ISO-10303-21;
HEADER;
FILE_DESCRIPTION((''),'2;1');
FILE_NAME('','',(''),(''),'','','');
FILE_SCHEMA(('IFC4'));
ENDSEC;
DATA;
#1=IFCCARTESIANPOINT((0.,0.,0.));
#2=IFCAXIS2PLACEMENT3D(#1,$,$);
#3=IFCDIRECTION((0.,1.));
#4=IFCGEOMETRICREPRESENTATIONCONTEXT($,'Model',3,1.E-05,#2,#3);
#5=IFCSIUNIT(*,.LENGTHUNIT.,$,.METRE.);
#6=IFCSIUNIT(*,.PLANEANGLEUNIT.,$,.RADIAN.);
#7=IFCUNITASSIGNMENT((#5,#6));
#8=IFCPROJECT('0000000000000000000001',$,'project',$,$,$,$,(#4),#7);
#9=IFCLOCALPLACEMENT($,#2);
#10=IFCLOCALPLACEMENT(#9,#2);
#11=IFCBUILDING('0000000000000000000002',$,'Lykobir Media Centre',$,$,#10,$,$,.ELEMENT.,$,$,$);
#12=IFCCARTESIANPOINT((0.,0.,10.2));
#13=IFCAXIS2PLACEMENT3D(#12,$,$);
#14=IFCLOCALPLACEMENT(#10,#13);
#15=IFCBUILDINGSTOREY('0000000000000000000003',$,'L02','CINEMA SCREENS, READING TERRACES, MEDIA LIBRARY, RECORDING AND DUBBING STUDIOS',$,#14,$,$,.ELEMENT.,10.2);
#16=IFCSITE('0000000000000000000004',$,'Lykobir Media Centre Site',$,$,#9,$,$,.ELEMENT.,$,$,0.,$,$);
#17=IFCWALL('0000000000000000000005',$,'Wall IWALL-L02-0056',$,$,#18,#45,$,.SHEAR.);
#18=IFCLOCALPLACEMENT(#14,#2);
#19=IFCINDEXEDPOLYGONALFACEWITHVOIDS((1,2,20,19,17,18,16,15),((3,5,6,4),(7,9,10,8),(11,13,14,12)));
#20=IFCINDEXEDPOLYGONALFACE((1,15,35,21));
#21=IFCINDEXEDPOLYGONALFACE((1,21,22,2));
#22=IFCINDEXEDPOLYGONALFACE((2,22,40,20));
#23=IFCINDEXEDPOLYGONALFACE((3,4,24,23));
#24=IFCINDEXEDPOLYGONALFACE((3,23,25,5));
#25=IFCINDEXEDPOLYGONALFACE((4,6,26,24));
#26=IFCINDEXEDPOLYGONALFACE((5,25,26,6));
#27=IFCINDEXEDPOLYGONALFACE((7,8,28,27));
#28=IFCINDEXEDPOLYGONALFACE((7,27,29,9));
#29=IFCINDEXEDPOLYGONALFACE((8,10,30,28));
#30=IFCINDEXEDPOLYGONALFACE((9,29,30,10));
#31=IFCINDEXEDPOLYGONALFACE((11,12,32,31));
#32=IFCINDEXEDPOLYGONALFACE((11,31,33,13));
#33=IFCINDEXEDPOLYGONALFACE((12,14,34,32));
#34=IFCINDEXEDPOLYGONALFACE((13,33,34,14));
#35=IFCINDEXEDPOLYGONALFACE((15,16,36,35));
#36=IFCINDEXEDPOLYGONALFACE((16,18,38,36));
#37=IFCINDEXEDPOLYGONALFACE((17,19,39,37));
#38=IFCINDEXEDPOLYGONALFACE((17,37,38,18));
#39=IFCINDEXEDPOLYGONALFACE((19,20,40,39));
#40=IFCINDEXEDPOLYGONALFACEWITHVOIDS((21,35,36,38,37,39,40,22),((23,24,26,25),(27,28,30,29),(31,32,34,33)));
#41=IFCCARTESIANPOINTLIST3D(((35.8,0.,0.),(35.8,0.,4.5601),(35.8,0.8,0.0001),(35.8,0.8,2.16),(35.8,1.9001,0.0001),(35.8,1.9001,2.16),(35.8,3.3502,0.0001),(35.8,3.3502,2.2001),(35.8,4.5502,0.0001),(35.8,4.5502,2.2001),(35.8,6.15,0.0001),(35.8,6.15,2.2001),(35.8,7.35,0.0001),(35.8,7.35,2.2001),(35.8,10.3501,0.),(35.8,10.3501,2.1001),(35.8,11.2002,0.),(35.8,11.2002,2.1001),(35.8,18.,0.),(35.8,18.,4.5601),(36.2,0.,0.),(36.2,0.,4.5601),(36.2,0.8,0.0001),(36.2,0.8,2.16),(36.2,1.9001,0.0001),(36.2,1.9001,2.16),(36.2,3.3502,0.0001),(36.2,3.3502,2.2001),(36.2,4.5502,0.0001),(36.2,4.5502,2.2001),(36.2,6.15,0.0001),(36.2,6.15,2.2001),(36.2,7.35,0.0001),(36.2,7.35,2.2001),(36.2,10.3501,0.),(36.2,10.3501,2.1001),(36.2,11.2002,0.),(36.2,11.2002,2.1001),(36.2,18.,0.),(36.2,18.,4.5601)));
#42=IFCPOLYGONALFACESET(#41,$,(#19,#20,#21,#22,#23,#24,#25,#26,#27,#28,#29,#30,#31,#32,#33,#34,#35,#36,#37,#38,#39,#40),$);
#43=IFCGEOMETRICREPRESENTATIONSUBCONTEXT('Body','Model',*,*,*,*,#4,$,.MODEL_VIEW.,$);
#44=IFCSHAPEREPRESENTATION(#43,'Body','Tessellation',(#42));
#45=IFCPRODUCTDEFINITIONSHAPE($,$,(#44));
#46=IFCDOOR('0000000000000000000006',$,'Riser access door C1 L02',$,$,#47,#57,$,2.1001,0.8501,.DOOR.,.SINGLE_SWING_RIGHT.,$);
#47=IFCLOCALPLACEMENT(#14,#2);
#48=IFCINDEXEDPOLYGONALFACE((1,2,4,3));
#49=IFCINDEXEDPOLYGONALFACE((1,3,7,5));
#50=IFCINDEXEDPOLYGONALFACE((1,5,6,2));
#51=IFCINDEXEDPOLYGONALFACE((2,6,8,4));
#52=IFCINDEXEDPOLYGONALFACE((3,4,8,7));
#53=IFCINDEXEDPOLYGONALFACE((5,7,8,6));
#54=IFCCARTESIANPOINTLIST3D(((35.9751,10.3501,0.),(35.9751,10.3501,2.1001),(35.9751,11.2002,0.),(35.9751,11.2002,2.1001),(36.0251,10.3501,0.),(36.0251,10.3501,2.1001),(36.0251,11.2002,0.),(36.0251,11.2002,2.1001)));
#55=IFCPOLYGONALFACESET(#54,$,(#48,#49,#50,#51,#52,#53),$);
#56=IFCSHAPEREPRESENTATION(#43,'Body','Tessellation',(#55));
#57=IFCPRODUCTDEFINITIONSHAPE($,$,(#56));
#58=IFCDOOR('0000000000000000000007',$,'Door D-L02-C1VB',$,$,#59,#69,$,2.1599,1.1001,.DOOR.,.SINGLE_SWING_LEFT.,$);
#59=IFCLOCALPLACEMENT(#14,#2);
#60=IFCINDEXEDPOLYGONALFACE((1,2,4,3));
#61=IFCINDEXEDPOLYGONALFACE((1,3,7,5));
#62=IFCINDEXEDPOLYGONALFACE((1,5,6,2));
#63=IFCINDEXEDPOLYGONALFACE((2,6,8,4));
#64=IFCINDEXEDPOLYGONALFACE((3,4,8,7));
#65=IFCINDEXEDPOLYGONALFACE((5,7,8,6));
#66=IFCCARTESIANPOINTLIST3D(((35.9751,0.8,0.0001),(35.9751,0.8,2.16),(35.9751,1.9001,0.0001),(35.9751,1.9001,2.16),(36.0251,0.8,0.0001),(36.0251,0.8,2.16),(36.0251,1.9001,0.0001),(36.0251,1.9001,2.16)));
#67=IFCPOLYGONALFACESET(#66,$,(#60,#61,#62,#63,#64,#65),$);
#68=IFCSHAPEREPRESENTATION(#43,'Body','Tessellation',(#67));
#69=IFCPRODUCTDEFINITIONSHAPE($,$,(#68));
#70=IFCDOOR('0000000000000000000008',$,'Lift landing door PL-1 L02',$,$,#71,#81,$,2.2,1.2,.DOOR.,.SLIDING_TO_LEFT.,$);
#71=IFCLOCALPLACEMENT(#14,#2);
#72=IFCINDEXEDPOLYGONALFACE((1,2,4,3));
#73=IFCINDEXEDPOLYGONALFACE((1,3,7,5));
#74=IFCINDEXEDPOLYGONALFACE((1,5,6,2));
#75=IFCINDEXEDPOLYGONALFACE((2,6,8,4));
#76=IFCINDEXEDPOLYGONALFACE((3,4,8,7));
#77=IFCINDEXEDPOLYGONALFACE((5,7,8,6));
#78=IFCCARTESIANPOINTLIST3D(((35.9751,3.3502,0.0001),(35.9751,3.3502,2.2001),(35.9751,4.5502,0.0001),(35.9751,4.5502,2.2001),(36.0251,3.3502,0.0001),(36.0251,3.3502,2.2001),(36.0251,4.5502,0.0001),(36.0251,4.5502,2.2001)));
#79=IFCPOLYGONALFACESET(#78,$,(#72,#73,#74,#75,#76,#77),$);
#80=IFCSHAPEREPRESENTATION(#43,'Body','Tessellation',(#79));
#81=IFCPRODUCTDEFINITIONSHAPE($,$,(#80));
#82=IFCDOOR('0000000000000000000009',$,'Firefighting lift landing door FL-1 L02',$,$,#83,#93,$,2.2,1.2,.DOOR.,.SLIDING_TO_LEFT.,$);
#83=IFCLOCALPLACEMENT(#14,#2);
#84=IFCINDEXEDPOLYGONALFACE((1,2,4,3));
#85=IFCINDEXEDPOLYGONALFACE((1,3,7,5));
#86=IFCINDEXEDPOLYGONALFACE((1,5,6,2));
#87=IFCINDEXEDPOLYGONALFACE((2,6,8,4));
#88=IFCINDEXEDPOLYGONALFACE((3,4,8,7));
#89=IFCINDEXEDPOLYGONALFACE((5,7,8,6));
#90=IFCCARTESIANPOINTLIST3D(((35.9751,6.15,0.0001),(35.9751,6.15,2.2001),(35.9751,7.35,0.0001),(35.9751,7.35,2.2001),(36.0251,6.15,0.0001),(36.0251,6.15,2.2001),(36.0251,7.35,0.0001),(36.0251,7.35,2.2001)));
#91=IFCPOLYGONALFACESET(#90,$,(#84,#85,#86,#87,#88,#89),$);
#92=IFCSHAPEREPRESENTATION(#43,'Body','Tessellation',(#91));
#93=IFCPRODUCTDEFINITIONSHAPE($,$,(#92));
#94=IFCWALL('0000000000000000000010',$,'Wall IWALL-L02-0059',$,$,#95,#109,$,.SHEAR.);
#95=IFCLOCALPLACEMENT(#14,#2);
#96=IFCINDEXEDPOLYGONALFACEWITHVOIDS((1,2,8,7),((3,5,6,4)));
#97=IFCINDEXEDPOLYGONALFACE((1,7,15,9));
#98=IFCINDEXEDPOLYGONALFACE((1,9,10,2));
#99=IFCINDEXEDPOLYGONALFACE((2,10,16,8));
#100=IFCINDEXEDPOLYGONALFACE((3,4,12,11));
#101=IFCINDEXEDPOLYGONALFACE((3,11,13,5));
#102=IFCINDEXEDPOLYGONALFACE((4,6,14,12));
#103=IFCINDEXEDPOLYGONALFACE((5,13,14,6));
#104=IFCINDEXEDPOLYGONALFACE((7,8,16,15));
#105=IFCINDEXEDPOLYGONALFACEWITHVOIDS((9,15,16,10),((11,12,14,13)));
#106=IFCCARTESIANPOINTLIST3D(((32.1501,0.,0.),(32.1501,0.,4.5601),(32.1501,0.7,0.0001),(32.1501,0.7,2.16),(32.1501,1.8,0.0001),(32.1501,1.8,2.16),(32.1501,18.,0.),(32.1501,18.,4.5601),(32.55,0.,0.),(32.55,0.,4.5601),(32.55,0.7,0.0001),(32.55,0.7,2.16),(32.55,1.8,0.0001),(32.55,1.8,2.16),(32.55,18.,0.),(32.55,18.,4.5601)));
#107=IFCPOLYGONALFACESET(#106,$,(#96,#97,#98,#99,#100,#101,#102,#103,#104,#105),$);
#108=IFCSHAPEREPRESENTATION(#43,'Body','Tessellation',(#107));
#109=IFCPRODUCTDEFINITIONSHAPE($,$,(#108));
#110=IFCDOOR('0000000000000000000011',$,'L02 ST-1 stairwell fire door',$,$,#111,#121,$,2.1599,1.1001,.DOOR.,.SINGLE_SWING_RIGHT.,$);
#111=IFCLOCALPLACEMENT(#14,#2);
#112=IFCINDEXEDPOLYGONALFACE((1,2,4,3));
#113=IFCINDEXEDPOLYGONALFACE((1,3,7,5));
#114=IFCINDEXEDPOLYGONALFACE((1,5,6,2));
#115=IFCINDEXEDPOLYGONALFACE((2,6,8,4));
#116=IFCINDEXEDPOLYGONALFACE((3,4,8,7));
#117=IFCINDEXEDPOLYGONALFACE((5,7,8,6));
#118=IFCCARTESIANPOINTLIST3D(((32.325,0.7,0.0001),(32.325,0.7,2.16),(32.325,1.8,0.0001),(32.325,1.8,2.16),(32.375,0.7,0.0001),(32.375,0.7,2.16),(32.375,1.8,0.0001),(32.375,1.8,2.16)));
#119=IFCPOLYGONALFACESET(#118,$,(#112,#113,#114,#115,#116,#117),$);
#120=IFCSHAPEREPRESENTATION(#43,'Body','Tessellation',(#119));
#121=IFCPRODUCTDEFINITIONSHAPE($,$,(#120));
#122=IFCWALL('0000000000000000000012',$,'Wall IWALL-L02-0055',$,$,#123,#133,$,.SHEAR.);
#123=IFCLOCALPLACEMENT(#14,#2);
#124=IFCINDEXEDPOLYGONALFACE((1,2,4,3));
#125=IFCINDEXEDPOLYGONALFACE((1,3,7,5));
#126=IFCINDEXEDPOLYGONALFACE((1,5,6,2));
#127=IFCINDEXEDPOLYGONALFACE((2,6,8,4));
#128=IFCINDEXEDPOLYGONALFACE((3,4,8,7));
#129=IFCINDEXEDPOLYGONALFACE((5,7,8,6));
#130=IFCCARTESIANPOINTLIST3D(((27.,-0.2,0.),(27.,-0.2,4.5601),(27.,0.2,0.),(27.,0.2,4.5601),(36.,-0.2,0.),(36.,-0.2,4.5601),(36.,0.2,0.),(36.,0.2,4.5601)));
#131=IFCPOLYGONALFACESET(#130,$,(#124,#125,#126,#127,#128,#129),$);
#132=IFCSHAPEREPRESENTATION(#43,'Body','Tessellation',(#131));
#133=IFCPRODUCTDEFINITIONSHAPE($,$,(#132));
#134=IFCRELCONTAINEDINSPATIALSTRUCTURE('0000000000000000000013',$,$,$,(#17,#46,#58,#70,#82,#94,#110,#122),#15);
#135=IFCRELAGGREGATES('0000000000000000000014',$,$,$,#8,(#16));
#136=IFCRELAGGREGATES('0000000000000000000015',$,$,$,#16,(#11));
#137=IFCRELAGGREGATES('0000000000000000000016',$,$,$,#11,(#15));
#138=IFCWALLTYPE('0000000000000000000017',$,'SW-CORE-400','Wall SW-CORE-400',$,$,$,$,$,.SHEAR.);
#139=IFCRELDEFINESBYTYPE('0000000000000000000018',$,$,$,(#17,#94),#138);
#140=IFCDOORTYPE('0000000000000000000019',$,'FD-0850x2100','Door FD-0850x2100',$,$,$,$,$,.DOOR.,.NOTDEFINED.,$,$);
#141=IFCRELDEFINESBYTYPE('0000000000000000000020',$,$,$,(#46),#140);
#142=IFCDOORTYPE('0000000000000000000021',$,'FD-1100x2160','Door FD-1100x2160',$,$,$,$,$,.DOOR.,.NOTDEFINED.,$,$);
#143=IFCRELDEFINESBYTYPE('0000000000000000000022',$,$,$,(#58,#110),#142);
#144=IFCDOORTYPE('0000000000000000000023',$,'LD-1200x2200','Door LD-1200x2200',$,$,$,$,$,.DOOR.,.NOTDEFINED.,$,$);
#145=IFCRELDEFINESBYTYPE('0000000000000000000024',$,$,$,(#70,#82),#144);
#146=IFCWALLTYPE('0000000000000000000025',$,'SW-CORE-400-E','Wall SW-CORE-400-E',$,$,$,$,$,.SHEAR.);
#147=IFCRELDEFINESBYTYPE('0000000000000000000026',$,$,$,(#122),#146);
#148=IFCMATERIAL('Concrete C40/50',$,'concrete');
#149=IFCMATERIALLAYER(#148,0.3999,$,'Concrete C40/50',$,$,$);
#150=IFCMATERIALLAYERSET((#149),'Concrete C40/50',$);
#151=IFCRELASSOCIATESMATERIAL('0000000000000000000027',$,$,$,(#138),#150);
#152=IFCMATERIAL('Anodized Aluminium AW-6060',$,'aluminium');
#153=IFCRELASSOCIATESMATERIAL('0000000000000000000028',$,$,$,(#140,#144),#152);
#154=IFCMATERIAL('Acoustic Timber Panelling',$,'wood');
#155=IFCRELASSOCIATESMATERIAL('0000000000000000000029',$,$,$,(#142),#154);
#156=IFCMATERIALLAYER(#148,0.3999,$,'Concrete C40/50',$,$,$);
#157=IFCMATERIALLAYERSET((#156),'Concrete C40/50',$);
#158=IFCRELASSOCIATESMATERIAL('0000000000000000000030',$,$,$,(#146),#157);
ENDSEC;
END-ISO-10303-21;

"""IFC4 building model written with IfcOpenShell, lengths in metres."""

from ifc_helpers import new_model, si_unit, direction, frame, frame_2d, origin, place, context, subcontext, project, spatial, rectangle, extrude, material, layer, layer_set, type_object, element, fill, save


model = new_model("IFC4")

# Units and contexts
model_context = context("Model", 3, precision=1e-05, world=origin(), true_north=direction((0.0, 1.0)))
body_context = subcontext(model_context, "Body", "Model", "MODEL_VIEW")
ifc_project = project(units=[si_unit("LENGTHUNIT", "METRE"), si_unit("PLANEANGLEUNIT", "RADIAN")], contexts=[model_context])

# Site, building, storey
site_placement = place(None, origin())
site = spatial("IfcSite", under=ifc_project, at=site_placement, Name="Lykobir Media Centre Site", CompositionType="ELEMENT", RefElevation=0.0)
building_placement = place(site_placement, origin())
building = spatial("IfcBuilding", under=site, at=building_placement, Name="Lykobir Media Centre", CompositionType="ELEMENT")
storey_placement = place(building_placement, frame((0.0, 0.0, 10.2)))
storey = spatial("IfcBuildingStorey", under=building, at=storey_placement, Name="L02", Description="CINEMA SCREENS, READING TERRACES, MEDIA LIBRARY, RECORDING AND DUBBING STUDIOS", CompositionType="ELEMENT", Elevation=10.2)

# Shared definitions
ifc_material_1 = material(Name="Concrete C40/50", Category="concrete")

# Wall, openings, doors
ifc_layer_1 = layer(ifc_material_1, 0.3999, Name="Concrete C40/50")
ifc_layer_set_1 = layer_set([ifc_layer_1], Name="Concrete C40/50")
wall_type_1 = type_object("IfcWallType", Name="SW-CORE-400", Description="Wall SW-CORE-400", PredefinedType="SHEAR", material=ifc_layer_set_1)
wall_1_placement = place(storey_placement, frame((36.0, 0.0, 0.0), z_axis=(0.0, 0.0, 1.0), x_axis=(0.0, 1.0, 0.0)))
wall_1 = element("IfcWall", 1, at=wall_1_placement, inside=storey, type_object=wall_type_1, Name="Wall IWALL-L02-0056", PredefinedType="SHEAR", context=body_context, shape_type="SweptSolid", body=[
    extrude(rectangle(XDim=18.0, YDim=0.3999, at=frame_2d((9.0, 0.0))), origin(), (0.0, 0.0, 1.0), 4.5601),
])
opening_1_placement = place(wall_1_placement, frame((0.8, 0.0, 0.0)))
opening_1 = element("IfcOpeningElement", 2, at=opening_1_placement, cuts=wall_1, PredefinedType="OPENING", context=body_context, shape_type="SweptSolid", body=[
    extrude(rectangle(XDim=1.1001, YDim=2.1599, at=frame_2d((0.55, 1.0801))), frame((0.0, 0.21, 0.0), z_axis=(0.0, -1.0, 0.0), x_axis=(1.0, 0.0, 0.0)), (0.0, 0.0, 1.0), 0.4199),
])
opening_2_placement = place(wall_1_placement, frame((3.3501, 0.0, 0.0)))
opening_2 = element("IfcOpeningElement", 3, at=opening_2_placement, cuts=wall_1, PredefinedType="OPENING", context=body_context, shape_type="SweptSolid", body=[
    extrude(rectangle(XDim=1.2, YDim=2.2, at=frame_2d((0.6001, 1.1001))), frame((0.0, 0.21, 0.0), z_axis=(0.0, -1.0, 0.0), x_axis=(1.0, 0.0, 0.0)), (0.0, 0.0, 1.0), 0.4199),
])
opening_3_placement = place(wall_1_placement, frame((6.1499, 0.0, 0.0)))
opening_3 = element("IfcOpeningElement", 4, at=opening_3_placement, cuts=wall_1, PredefinedType="OPENING", context=body_context, shape_type="SweptSolid", body=[
    extrude(rectangle(XDim=1.2, YDim=2.2, at=frame_2d((0.6001, 1.1001))), frame((0.0, 0.21, 0.0), z_axis=(0.0, -1.0, 0.0), x_axis=(1.0, 0.0, 0.0)), (0.0, 0.0, 1.0), 0.4199),
])
opening_4_placement = place(wall_1_placement, frame((10.3501, 0.0, 0.0)))
opening_4 = element("IfcOpeningElement", 5, at=opening_4_placement, cuts=wall_1, PredefinedType="OPENING", context=body_context, shape_type="SweptSolid", body=[
    extrude(rectangle(XDim=0.8501, YDim=2.1001, at=frame_2d((0.425, 1.05))), frame((0.0, 0.21, 0.0), z_axis=(0.0, -1.0, 0.0), x_axis=(1.0, 0.0, 0.0)), (0.0, 0.0, 1.0), 0.4199),
])
ifc_material_2 = material(Name="Anodized Aluminium AW-6060", Category="aluminium")
door_type_1 = type_object("IfcDoorType", Name="FD-0850x2100", Description="Door FD-0850x2100", OperationType="NOTDEFINED", PredefinedType="DOOR", material=ifc_material_2)
door_1_placement = place(opening_4_placement, origin())
door_1 = element("IfcDoor", 6, at=door_1_placement, inside=storey, type_object=door_type_1, Name="Riser access door C1 L02", OperationType="SINGLE_SWING_RIGHT", OverallHeight=2.1001, OverallWidth=0.8501, PredefinedType="DOOR", context=body_context, shape_type="SweptSolid", body=[
    extrude(rectangle(XDim=0.8501, YDim=2.1001, at=frame_2d((0.425, 1.05))), frame((0.0, 0.0249, 0.0), z_axis=(0.0, -1.0, 0.0), x_axis=(1.0, 0.0, 0.0)), (0.0, 0.0, 1.0), 0.05),
])
fill(opening_4, door_1)
ifc_material_3 = material(Name="Acoustic Timber Panelling", Category="wood")
door_type_2 = type_object("IfcDoorType", Name="FD-1100x2160", Description="Door FD-1100x2160", OperationType="NOTDEFINED", PredefinedType="DOOR", material=ifc_material_3)
door_2_placement = place(opening_1_placement, origin())
door_2 = element("IfcDoor", 7, at=door_2_placement, inside=storey, type_object=door_type_2, Name="Door D-L02-C1VB", OperationType="SINGLE_SWING_LEFT", OverallHeight=2.1599, OverallWidth=1.1001, PredefinedType="DOOR", context=body_context, shape_type="SweptSolid", body=[
    extrude(rectangle(XDim=1.1001, YDim=2.1599, at=frame_2d((0.55, 1.0801))), frame((0.0, 0.0249, 0.0), z_axis=(0.0, -1.0, 0.0), x_axis=(1.0, 0.0, 0.0)), (0.0, 0.0, 1.0), 0.05),
])
fill(opening_1, door_2)
door_type_3 = type_object("IfcDoorType", Name="LD-1200x2200", Description="Door LD-1200x2200", OperationType="NOTDEFINED", PredefinedType="DOOR", material=ifc_material_2)
door_3_placement = place(opening_2_placement, origin())
door_3 = element("IfcDoor", 8, at=door_3_placement, inside=storey, type_object=door_type_3, Name="Lift landing door PL-1 L02", OperationType="SLIDING_TO_LEFT", OverallHeight=2.2, OverallWidth=1.2, PredefinedType="DOOR", context=body_context, shape_type="SweptSolid", body=[
    extrude(rectangle(XDim=1.2, YDim=2.2, at=frame_2d((0.6001, 1.1001))), frame((0.0, 0.0249, 0.0), z_axis=(0.0, -1.0, 0.0), x_axis=(1.0, 0.0, 0.0)), (0.0, 0.0, 1.0), 0.05),
])
fill(opening_2, door_3)
door_4_placement = place(opening_3_placement, origin())
door_4 = element("IfcDoor", 9, at=door_4_placement, inside=storey, type_object=door_type_3, Name="Firefighting lift landing door FL-1 L02", OperationType="SLIDING_TO_LEFT", OverallHeight=2.2, OverallWidth=1.2, PredefinedType="DOOR", context=body_context, shape_type="SweptSolid", body=[
    extrude(rectangle(XDim=1.2, YDim=2.2, at=frame_2d((0.6001, 1.1001))), frame((0.0, 0.0249, 0.0), z_axis=(0.0, -1.0, 0.0), x_axis=(1.0, 0.0, 0.0)), (0.0, 0.0, 1.0), 0.05),
])
fill(opening_3, door_4)

# Wall, opening, door
wall_2_placement = place(storey_placement, frame((32.3501, 0.0, 0.0), z_axis=(0.0, 0.0, 1.0), x_axis=(0.0, 1.0, 0.0)))
wall_2 = element("IfcWall", 10, at=wall_2_placement, inside=storey, type_object=wall_type_1, Name="Wall IWALL-L02-0059", PredefinedType="SHEAR", context=body_context, shape_type="SweptSolid", body=[
    extrude(rectangle(XDim=18.0, YDim=0.3999, at=frame_2d((9.0, 0.0))), origin(), (0.0, 0.0, 1.0), 4.5601),
])
opening_5_placement = place(wall_2_placement, frame((0.7, 0.0, 0.0)))
opening_5 = element("IfcOpeningElement", 11, at=opening_5_placement, cuts=wall_2, PredefinedType="OPENING", context=body_context, shape_type="SweptSolid", body=[
    extrude(rectangle(XDim=1.1001, YDim=2.1599, at=frame_2d((0.55, 1.0801))), frame((0.0, 0.21, 0.0), z_axis=(0.0, -1.0, 0.0), x_axis=(1.0, 0.0, 0.0)), (0.0, 0.0, 1.0), 0.4199),
])
door_5_placement = place(opening_5_placement, frame((1.1001, 0.0, 0.0), z_axis=(0.0, 0.0, 1.0), x_axis=(-1.0, 0.0, 0.0)))
door_5 = element("IfcDoor", 12, at=door_5_placement, inside=storey, type_object=door_type_2, Name="L02 ST-1 stairwell fire door", OperationType="SINGLE_SWING_RIGHT", OverallHeight=2.1599, OverallWidth=1.1001, PredefinedType="DOOR", context=body_context, shape_type="SweptSolid", body=[
    extrude(rectangle(XDim=1.1001, YDim=2.1599, at=frame_2d((0.55, 1.0801))), frame((0.0, 0.0249, 0.0), z_axis=(0.0, -1.0, 0.0), x_axis=(1.0, 0.0, 0.0)), (0.0, 0.0, 1.0), 0.05),
])
fill(opening_5, door_5)

# Wall
ifc_layer_2 = layer(ifc_material_1, 0.3999, Name="Concrete C40/50")
ifc_layer_set_2 = layer_set([ifc_layer_2], Name="Concrete C40/50")
wall_type_2 = type_object("IfcWallType", Name="SW-CORE-400-E", Description="Wall SW-CORE-400-E", PredefinedType="SHEAR", material=ifc_layer_set_2)
wall_3_placement = place(storey_placement, frame((27.0, 0.0, 0.0), z_axis=(0.0, 0.0, 1.0), x_axis=(1.0, 0.0, 0.0)))
element("IfcWall", 13, at=wall_3_placement, inside=storey, type_object=wall_type_2, Name="Wall IWALL-L02-0055", PredefinedType="SHEAR", context=body_context, shape_type="SweptSolid", body=[
    extrude(rectangle(XDim=9.0, YDim=0.3999, at=frame_2d((4.5, 0.0))), origin(), (0.0, 0.0, 1.0), 4.5601),
])

save(model, "model.ifc")
